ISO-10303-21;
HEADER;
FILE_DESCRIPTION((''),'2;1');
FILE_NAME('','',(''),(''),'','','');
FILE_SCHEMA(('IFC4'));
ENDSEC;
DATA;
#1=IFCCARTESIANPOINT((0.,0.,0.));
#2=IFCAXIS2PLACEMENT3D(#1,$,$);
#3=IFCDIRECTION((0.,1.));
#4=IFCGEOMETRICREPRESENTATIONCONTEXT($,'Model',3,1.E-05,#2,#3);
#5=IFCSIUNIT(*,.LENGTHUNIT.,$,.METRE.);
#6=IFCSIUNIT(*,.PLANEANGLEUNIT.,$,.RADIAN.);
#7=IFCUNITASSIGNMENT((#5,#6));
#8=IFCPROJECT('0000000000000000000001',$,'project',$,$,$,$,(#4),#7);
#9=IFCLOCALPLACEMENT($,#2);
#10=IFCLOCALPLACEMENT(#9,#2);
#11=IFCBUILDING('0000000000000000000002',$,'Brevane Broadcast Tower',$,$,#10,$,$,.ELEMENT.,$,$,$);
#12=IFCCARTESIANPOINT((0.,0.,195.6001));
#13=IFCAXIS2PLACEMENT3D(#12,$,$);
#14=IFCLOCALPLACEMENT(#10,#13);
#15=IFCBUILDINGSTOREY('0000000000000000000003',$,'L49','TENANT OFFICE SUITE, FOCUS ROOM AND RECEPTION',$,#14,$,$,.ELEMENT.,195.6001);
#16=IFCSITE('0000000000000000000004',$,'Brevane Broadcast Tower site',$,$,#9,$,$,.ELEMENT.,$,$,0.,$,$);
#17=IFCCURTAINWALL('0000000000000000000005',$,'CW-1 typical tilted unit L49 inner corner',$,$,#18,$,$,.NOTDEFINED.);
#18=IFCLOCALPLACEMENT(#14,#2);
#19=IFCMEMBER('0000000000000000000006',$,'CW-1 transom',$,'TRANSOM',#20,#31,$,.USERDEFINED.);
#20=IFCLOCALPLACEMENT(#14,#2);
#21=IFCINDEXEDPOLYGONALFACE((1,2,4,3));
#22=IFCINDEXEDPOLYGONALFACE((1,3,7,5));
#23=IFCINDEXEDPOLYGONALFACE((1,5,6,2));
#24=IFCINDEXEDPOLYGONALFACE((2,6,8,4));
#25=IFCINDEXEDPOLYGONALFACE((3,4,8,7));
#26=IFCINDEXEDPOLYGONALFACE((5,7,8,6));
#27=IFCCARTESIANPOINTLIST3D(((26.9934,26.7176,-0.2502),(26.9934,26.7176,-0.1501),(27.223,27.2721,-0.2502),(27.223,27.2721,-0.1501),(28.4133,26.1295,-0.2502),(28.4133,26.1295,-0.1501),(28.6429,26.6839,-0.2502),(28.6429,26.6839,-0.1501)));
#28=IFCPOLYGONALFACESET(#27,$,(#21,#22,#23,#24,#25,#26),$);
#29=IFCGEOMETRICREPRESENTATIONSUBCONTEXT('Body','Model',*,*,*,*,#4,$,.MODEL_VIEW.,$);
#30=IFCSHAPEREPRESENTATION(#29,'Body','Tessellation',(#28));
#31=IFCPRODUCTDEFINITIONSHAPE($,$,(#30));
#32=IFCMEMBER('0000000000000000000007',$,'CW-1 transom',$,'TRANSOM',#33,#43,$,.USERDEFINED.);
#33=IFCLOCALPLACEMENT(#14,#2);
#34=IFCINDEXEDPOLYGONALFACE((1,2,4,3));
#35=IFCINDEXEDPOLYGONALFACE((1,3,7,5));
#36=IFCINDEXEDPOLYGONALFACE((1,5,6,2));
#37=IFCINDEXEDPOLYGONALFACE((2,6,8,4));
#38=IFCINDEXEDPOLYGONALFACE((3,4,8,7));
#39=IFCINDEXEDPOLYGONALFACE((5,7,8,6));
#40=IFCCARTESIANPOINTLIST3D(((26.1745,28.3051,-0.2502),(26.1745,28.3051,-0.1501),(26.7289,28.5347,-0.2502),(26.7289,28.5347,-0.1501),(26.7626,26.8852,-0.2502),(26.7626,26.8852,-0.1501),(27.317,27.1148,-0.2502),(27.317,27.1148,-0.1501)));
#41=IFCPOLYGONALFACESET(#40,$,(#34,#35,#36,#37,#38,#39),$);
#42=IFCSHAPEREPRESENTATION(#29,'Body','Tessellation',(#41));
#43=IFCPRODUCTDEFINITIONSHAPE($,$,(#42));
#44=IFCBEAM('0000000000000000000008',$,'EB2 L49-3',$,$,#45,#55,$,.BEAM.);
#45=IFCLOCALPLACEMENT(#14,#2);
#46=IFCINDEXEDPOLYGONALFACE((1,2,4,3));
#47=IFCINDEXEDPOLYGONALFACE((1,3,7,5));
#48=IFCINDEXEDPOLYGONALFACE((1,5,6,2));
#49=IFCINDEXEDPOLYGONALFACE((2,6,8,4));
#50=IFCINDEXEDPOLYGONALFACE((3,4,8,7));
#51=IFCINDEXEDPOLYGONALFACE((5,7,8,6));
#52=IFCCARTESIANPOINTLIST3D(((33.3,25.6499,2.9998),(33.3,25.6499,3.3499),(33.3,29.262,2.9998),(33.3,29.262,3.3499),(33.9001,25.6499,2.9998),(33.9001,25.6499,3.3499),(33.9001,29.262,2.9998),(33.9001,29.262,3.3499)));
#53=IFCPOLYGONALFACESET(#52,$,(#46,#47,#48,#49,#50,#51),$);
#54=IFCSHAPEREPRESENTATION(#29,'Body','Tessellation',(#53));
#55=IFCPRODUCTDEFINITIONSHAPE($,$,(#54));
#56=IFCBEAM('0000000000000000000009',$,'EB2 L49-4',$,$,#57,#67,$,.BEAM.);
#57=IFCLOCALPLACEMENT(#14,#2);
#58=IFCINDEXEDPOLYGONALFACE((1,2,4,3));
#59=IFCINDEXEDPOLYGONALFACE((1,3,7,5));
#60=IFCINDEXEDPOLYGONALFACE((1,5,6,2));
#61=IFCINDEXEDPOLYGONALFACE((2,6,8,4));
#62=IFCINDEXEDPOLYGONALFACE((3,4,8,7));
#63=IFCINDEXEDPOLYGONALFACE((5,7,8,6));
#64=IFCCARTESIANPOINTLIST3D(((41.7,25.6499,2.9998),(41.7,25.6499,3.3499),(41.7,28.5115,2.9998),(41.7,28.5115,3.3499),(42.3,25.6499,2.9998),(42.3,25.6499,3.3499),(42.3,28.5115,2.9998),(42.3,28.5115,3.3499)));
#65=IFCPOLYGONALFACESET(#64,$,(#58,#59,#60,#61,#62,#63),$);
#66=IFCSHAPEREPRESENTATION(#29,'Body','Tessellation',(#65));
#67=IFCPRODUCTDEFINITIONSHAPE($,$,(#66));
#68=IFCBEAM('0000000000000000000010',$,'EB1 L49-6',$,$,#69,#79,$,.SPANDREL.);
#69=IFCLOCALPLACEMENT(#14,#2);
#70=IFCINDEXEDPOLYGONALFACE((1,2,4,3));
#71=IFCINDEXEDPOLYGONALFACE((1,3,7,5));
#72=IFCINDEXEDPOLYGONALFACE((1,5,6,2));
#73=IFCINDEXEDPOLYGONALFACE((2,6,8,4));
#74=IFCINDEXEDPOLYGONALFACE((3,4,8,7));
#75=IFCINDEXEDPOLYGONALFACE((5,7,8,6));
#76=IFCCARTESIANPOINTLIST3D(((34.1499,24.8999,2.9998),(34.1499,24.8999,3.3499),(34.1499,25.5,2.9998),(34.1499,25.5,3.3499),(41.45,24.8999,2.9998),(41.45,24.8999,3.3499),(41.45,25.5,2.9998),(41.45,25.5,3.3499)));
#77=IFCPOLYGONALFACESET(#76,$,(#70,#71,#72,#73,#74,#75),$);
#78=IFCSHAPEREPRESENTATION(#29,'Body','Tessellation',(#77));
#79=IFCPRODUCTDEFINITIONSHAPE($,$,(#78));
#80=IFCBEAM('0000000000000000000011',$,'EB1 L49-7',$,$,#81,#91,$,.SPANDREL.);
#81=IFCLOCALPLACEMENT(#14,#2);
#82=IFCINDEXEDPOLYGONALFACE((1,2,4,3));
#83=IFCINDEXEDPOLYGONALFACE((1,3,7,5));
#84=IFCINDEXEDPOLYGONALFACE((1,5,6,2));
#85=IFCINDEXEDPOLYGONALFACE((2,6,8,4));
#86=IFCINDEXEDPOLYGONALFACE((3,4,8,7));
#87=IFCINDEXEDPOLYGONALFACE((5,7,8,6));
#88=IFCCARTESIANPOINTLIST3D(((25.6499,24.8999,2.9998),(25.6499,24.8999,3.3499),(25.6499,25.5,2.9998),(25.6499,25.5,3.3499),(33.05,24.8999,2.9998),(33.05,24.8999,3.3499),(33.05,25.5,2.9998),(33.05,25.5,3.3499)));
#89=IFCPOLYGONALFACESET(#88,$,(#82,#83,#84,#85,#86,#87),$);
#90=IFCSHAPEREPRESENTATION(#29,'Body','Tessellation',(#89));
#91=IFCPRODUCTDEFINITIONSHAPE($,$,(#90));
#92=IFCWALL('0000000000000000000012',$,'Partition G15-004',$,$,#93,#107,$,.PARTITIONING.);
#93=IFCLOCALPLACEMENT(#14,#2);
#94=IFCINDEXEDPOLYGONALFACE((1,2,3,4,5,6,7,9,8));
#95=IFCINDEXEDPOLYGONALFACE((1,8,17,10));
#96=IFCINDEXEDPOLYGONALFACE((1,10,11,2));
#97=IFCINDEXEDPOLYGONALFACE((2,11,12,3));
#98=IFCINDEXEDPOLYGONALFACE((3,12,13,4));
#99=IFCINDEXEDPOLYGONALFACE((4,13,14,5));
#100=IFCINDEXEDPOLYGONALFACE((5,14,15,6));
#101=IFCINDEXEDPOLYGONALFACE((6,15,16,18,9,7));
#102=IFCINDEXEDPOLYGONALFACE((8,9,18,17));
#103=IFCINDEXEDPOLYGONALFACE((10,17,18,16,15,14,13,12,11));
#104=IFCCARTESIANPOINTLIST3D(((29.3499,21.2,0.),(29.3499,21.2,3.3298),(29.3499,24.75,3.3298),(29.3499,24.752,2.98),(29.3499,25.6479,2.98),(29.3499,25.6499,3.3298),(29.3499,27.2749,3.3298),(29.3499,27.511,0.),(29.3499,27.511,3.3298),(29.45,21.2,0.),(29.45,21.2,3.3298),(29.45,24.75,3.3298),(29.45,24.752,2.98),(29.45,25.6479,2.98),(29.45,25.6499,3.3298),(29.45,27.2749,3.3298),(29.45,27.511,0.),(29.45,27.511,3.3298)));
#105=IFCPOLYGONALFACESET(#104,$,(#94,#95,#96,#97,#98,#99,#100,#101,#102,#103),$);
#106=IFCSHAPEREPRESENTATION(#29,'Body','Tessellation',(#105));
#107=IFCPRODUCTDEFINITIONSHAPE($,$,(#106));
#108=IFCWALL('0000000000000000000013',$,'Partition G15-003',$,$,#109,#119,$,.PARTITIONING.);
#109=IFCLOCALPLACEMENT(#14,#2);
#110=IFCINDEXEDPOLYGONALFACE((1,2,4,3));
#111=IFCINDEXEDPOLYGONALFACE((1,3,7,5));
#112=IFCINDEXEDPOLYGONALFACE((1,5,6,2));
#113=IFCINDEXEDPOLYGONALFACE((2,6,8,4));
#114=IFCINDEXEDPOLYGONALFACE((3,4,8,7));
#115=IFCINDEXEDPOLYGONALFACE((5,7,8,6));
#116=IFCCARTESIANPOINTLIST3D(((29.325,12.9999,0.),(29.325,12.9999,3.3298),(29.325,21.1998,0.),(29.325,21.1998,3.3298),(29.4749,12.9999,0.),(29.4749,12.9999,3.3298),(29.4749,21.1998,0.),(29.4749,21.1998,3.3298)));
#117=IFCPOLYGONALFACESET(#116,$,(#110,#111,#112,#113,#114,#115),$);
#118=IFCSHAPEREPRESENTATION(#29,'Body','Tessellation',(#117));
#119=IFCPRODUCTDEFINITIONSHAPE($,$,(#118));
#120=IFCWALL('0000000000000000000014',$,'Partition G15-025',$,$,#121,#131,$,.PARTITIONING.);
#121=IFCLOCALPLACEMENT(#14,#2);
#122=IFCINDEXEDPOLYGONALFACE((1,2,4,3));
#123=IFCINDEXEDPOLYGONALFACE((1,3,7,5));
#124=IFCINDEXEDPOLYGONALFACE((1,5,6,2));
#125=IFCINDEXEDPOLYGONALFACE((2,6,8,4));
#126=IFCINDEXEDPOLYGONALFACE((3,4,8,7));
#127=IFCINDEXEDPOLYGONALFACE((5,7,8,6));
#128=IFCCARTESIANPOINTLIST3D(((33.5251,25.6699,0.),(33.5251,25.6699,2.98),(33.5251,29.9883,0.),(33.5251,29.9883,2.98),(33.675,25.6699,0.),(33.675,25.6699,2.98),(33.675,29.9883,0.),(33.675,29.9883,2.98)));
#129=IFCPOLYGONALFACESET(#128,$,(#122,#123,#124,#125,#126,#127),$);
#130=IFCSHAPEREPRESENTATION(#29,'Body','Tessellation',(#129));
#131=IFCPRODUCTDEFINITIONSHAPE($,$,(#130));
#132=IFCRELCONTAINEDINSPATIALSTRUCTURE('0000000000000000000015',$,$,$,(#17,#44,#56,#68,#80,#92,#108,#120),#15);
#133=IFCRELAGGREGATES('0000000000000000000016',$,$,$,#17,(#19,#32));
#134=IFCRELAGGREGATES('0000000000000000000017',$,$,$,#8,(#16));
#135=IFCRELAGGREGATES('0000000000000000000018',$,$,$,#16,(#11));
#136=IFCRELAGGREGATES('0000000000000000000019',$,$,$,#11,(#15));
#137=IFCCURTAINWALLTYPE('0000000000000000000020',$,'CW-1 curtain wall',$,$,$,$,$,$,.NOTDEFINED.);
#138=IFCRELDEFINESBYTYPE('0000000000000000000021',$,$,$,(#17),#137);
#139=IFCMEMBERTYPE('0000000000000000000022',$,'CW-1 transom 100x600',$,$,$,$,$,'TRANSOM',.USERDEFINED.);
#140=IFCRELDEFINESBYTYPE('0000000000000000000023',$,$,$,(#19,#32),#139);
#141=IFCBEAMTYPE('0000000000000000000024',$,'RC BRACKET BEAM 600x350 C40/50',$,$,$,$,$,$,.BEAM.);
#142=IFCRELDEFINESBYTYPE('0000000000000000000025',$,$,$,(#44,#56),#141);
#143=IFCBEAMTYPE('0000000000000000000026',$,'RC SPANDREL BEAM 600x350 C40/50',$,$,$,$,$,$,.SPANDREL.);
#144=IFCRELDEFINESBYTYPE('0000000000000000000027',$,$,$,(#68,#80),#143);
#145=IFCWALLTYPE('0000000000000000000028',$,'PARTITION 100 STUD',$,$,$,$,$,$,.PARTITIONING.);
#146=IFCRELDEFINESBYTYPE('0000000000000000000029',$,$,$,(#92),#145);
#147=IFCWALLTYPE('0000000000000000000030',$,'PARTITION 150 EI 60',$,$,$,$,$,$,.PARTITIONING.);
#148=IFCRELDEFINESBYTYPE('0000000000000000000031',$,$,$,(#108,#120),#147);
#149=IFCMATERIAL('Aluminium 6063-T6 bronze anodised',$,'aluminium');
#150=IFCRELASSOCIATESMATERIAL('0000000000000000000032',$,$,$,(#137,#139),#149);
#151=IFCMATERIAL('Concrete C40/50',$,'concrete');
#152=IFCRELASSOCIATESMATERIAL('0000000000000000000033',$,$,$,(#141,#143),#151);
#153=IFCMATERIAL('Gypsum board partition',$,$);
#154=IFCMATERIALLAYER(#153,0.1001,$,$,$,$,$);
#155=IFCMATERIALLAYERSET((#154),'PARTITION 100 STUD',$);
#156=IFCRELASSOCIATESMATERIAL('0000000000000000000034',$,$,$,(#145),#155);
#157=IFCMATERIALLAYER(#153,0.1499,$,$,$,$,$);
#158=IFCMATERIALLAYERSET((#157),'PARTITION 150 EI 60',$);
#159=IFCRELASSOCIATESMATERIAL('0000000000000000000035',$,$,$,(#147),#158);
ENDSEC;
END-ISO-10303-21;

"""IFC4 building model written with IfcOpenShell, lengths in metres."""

from ifc_helpers import new_model, si_unit, direction, frame, frame_2d, origin, origin_2d, place, context, subcontext, project, spatial, polyline, rectangle, outline, extrude, material, layer, layer_set, material_profile, profile_set, type_object, element, aggregate, save


model = new_model("IFC4")

# Units and contexts
model_context = context("Model", 3, precision=1e-05, world=origin(), true_north=direction((0.0, 1.0)))
body_context = subcontext(model_context, "Body", "Model", "MODEL_VIEW")
ifc_project = project(units=[si_unit("LENGTHUNIT", "METRE"), si_unit("PLANEANGLEUNIT", "RADIAN")], contexts=[model_context])

# Site, building, storey
site_placement = place(None, origin())
site = spatial("IfcSite", under=ifc_project, at=site_placement, Name="Brevane Broadcast Tower site", CompositionType="ELEMENT", RefElevation=0.0)
building_placement = place(site_placement, origin())
building = spatial("IfcBuilding", under=site, at=building_placement, Name="Brevane Broadcast Tower", CompositionType="ELEMENT")
storey_placement = place(building_placement, frame((0.0, 0.0, 195.6001)))
storey = spatial("IfcBuildingStorey", under=building, at=storey_placement, Name="L49", Description="TENANT OFFICE SUITE, FOCUS ROOM AND RECEPTION", CompositionType="ELEMENT", Elevation=195.6001)

# Curtain wall
ifc_material_1 = material(Name="Aluminium 6063-T6 bronze anodised", Category="aluminium")
curtain_wall_type = type_object("IfcCurtainWallType", Name="CW-1 curtain wall", PredefinedType="NOTDEFINED", material=ifc_material_1)
curtain_wall_1_placement = place(storey_placement, origin())
curtain_wall_1 = element("IfcCurtainWall", 1, at=curtain_wall_1_placement, inside=storey, type_object=curtain_wall_type, Name="CW-1 typical tilted unit L49 inner corner", PredefinedType="NOTDEFINED")

# Members
ifc_material_profile_1 = material_profile(ifc_material_1, rectangle(XDim=0.6001, YDim=0.1001, at=origin_2d()), Name="RECT 100x600")
ifc_profile_set_1 = profile_set([ifc_material_profile_1], Name="Aluminium 6063-T6 bronze anodised")
member_type_1 = type_object("IfcMemberType", Name="CW-1 transom 100x600", ElementType="TRANSOM", PredefinedType="USERDEFINED", material=ifc_profile_set_1)
member_1_placement = place(storey_placement, frame((28.5281, 26.4067, -0.2002), z_axis=(-0.923883, 0.382674, 0.0), x_axis=(-0.382674, -0.923883, 0.0)))
member_1 = element("IfcMember", 2, at=member_1_placement, type_object=member_type_1, Name="CW-1 transom", ObjectType="TRANSOM", PredefinedType="USERDEFINED", context=body_context, shape_type="SweptSolid", body=[
    extrude(rectangle(XDim=0.6001, YDim=0.1001, at=origin_2d()), origin(), (0.0, 0.0, 1.0), 1.5369),
])
member_2_placement = place(storey_placement, frame((27.0398, 27.0, -0.2002), z_axis=(-0.382674, 0.923883, 0.0), x_axis=(-0.923883, -0.382674, 0.0)))
member_2 = element("IfcMember", 3, at=member_2_placement, type_object=member_type_1, Name="CW-1 transom", ObjectType="TRANSOM", PredefinedType="USERDEFINED", context=body_context, shape_type="SweptSolid", body=[
    extrude(rectangle(XDim=0.6001, YDim=0.1001, at=origin_2d()), origin(), (0.0, 0.0, 1.0), 1.5369),
])
aggregate(curtain_wall_1, [member_1, member_2])

# Beams
ifc_material_2 = material(Name="Concrete C40/50", Category="concrete")
ifc_material_profile_2 = material_profile(ifc_material_2, rectangle(XDim=0.6001, YDim=0.3501, at=origin_2d()), Name="RC 600x350")
ifc_profile_set_2 = profile_set([ifc_material_profile_2], Name="Concrete C40/50")
beam_type_1 = type_object("IfcBeamType", Name="RC BRACKET BEAM 600x350 C40/50", PredefinedType="BEAM", material=ifc_profile_set_2)
beam_1_placement = place(storey_placement, frame((33.6001, 25.6499, 3.1748), z_axis=(0.0, 1.0, 0.0), x_axis=(-1.0, 0.0, 0.0)))
element("IfcBeam", 4, at=beam_1_placement, inside=storey, type_object=beam_type_1, Name="EB2 L49-3", PredefinedType="BEAM", context=body_context, shape_type="SweptSolid", body=[
    extrude(rectangle(XDim=0.6001, YDim=0.3501, at=origin_2d()), origin(), (0.0, 0.0, 1.0), 3.6121),
])
beam_2_placement = place(storey_placement, frame((42.0, 25.6499, 3.1748), z_axis=(0.0, 1.0, 0.0), x_axis=(-1.0, 0.0, 0.0)))
element("IfcBeam", 5, at=beam_2_placement, inside=storey, type_object=beam_type_1, Name="EB2 L49-4", PredefinedType="BEAM", context=body_context, shape_type="SweptSolid", body=[
    extrude(rectangle(XDim=0.6001, YDim=0.3501, at=origin_2d()), origin(), (0.0, 0.0, 1.0), 2.8616),
])
ifc_material_profile_3 = material_profile(ifc_material_2, rectangle(XDim=0.6001, YDim=0.3501, at=origin_2d()), Name="RC 600x350")
ifc_profile_set_3 = profile_set([ifc_material_profile_3], Name="Concrete C40/50")
beam_type_2 = type_object("IfcBeamType", Name="RC SPANDREL BEAM 600x350 C40/50", PredefinedType="SPANDREL", material=ifc_profile_set_3)
beam_3_placement = place(storey_placement, frame((41.45, 25.2, 3.1748), z_axis=(-1.0, 0.0, 0.0), x_axis=(0.0, -1.0, 0.0)))
element("IfcBeam", 6, at=beam_3_placement, inside=storey, type_object=beam_type_2, Name="EB1 L49-6", PredefinedType="SPANDREL", context=body_context, shape_type="SweptSolid", body=[
    extrude(rectangle(XDim=0.6001, YDim=0.3501, at=origin_2d()), origin(), (0.0, 0.0, 1.0), 7.3),
])
beam_4_placement = place(storey_placement, frame((33.05, 25.2, 3.1748), z_axis=(-1.0, 0.0, 0.0), x_axis=(0.0, -1.0, 0.0)))
element("IfcBeam", 7, at=beam_4_placement, inside=storey, type_object=beam_type_2, Name="EB1 L49-7", PredefinedType="SPANDREL", context=body_context, shape_type="SweptSolid", body=[
    extrude(rectangle(XDim=0.6001, YDim=0.3501, at=origin_2d()), origin(), (0.0, 0.0, 1.0), 7.4001),
])

# Walls
ifc_material_3 = material(Name="Gypsum board partition")
ifc_layer_1 = layer(ifc_material_3, 0.1001)
ifc_layer_set_1 = layer_set([ifc_layer_1], Name="PARTITION 100 STUD")
wall_type_1 = type_object("IfcWallType", Name="PARTITION 100 STUD", PredefinedType="PARTITIONING", material=ifc_layer_set_1)
wall_1_placement = place(storey_placement, frame((29.3999, 27.511, 0.0), z_axis=(0.0, 0.0, 1.0), x_axis=(0.0, -1.0, 0.0)))
element("IfcWall", 8, at=wall_1_placement, inside=storey, type_object=wall_type_1, Name="Partition G15-004", PredefinedType="PARTITIONING", context=body_context, shape_type="SweptSolid", body=[
    extrude(outline(polyline([(0.0, 0.0), (6.311, 0.0), (6.311, 3.3298), (2.761, 3.3298), (2.759, 2.98), (1.863, 2.98), (1.8611, 3.3298), (0.2361, 3.3298), (0.0, 3.3298), (0.0, 0.0)])), frame((0.0, 0.05, 0.0), z_axis=(0.0, -1.0, 0.0), x_axis=(1.0, 0.0, 0.0)), (0.0, 0.0, 1.0), 0.1001),
])
ifc_layer_2 = layer(ifc_material_3, 0.1499)
ifc_layer_set_2 = layer_set([ifc_layer_2], Name="PARTITION 150 EI 60")
wall_type_2 = type_object("IfcWallType", Name="PARTITION 150 EI 60", PredefinedType="PARTITIONING", material=ifc_layer_set_2)
wall_2_placement = place(storey_placement, frame((29.3999, 21.2, 0.0), z_axis=(0.0, 0.0, 1.0), x_axis=(0.0, -1.0, 0.0)))
element("IfcWall", 9, at=wall_2_placement, inside=storey, type_object=wall_type_2, Name="Partition G15-003", PredefinedType="PARTITIONING", context=body_context, shape_type="SweptSolid", body=[
    extrude(rectangle(XDim=8.2, YDim=0.1499, at=frame_2d((4.1001, 0.0))), origin(), (0.0, 0.0, 1.0), 3.3298),
])
wall_3_placement = place(storey_placement, frame((33.6001, 25.6699, 0.0), z_axis=(0.0, 0.0, 1.0), x_axis=(0.0, 1.0, 0.0)))
element("IfcWall", 10, at=wall_3_placement, inside=storey, type_object=wall_type_2, Name="Partition G15-025", PredefinedType="PARTITIONING", context=body_context, shape_type="SweptSolid", body=[
    extrude(rectangle(XDim=4.3184, YDim=0.1499, at=frame_2d((2.1592, 0.0))), origin(), (0.0, 0.0, 1.0), 2.98),
])

save(model, "model.ifc")
